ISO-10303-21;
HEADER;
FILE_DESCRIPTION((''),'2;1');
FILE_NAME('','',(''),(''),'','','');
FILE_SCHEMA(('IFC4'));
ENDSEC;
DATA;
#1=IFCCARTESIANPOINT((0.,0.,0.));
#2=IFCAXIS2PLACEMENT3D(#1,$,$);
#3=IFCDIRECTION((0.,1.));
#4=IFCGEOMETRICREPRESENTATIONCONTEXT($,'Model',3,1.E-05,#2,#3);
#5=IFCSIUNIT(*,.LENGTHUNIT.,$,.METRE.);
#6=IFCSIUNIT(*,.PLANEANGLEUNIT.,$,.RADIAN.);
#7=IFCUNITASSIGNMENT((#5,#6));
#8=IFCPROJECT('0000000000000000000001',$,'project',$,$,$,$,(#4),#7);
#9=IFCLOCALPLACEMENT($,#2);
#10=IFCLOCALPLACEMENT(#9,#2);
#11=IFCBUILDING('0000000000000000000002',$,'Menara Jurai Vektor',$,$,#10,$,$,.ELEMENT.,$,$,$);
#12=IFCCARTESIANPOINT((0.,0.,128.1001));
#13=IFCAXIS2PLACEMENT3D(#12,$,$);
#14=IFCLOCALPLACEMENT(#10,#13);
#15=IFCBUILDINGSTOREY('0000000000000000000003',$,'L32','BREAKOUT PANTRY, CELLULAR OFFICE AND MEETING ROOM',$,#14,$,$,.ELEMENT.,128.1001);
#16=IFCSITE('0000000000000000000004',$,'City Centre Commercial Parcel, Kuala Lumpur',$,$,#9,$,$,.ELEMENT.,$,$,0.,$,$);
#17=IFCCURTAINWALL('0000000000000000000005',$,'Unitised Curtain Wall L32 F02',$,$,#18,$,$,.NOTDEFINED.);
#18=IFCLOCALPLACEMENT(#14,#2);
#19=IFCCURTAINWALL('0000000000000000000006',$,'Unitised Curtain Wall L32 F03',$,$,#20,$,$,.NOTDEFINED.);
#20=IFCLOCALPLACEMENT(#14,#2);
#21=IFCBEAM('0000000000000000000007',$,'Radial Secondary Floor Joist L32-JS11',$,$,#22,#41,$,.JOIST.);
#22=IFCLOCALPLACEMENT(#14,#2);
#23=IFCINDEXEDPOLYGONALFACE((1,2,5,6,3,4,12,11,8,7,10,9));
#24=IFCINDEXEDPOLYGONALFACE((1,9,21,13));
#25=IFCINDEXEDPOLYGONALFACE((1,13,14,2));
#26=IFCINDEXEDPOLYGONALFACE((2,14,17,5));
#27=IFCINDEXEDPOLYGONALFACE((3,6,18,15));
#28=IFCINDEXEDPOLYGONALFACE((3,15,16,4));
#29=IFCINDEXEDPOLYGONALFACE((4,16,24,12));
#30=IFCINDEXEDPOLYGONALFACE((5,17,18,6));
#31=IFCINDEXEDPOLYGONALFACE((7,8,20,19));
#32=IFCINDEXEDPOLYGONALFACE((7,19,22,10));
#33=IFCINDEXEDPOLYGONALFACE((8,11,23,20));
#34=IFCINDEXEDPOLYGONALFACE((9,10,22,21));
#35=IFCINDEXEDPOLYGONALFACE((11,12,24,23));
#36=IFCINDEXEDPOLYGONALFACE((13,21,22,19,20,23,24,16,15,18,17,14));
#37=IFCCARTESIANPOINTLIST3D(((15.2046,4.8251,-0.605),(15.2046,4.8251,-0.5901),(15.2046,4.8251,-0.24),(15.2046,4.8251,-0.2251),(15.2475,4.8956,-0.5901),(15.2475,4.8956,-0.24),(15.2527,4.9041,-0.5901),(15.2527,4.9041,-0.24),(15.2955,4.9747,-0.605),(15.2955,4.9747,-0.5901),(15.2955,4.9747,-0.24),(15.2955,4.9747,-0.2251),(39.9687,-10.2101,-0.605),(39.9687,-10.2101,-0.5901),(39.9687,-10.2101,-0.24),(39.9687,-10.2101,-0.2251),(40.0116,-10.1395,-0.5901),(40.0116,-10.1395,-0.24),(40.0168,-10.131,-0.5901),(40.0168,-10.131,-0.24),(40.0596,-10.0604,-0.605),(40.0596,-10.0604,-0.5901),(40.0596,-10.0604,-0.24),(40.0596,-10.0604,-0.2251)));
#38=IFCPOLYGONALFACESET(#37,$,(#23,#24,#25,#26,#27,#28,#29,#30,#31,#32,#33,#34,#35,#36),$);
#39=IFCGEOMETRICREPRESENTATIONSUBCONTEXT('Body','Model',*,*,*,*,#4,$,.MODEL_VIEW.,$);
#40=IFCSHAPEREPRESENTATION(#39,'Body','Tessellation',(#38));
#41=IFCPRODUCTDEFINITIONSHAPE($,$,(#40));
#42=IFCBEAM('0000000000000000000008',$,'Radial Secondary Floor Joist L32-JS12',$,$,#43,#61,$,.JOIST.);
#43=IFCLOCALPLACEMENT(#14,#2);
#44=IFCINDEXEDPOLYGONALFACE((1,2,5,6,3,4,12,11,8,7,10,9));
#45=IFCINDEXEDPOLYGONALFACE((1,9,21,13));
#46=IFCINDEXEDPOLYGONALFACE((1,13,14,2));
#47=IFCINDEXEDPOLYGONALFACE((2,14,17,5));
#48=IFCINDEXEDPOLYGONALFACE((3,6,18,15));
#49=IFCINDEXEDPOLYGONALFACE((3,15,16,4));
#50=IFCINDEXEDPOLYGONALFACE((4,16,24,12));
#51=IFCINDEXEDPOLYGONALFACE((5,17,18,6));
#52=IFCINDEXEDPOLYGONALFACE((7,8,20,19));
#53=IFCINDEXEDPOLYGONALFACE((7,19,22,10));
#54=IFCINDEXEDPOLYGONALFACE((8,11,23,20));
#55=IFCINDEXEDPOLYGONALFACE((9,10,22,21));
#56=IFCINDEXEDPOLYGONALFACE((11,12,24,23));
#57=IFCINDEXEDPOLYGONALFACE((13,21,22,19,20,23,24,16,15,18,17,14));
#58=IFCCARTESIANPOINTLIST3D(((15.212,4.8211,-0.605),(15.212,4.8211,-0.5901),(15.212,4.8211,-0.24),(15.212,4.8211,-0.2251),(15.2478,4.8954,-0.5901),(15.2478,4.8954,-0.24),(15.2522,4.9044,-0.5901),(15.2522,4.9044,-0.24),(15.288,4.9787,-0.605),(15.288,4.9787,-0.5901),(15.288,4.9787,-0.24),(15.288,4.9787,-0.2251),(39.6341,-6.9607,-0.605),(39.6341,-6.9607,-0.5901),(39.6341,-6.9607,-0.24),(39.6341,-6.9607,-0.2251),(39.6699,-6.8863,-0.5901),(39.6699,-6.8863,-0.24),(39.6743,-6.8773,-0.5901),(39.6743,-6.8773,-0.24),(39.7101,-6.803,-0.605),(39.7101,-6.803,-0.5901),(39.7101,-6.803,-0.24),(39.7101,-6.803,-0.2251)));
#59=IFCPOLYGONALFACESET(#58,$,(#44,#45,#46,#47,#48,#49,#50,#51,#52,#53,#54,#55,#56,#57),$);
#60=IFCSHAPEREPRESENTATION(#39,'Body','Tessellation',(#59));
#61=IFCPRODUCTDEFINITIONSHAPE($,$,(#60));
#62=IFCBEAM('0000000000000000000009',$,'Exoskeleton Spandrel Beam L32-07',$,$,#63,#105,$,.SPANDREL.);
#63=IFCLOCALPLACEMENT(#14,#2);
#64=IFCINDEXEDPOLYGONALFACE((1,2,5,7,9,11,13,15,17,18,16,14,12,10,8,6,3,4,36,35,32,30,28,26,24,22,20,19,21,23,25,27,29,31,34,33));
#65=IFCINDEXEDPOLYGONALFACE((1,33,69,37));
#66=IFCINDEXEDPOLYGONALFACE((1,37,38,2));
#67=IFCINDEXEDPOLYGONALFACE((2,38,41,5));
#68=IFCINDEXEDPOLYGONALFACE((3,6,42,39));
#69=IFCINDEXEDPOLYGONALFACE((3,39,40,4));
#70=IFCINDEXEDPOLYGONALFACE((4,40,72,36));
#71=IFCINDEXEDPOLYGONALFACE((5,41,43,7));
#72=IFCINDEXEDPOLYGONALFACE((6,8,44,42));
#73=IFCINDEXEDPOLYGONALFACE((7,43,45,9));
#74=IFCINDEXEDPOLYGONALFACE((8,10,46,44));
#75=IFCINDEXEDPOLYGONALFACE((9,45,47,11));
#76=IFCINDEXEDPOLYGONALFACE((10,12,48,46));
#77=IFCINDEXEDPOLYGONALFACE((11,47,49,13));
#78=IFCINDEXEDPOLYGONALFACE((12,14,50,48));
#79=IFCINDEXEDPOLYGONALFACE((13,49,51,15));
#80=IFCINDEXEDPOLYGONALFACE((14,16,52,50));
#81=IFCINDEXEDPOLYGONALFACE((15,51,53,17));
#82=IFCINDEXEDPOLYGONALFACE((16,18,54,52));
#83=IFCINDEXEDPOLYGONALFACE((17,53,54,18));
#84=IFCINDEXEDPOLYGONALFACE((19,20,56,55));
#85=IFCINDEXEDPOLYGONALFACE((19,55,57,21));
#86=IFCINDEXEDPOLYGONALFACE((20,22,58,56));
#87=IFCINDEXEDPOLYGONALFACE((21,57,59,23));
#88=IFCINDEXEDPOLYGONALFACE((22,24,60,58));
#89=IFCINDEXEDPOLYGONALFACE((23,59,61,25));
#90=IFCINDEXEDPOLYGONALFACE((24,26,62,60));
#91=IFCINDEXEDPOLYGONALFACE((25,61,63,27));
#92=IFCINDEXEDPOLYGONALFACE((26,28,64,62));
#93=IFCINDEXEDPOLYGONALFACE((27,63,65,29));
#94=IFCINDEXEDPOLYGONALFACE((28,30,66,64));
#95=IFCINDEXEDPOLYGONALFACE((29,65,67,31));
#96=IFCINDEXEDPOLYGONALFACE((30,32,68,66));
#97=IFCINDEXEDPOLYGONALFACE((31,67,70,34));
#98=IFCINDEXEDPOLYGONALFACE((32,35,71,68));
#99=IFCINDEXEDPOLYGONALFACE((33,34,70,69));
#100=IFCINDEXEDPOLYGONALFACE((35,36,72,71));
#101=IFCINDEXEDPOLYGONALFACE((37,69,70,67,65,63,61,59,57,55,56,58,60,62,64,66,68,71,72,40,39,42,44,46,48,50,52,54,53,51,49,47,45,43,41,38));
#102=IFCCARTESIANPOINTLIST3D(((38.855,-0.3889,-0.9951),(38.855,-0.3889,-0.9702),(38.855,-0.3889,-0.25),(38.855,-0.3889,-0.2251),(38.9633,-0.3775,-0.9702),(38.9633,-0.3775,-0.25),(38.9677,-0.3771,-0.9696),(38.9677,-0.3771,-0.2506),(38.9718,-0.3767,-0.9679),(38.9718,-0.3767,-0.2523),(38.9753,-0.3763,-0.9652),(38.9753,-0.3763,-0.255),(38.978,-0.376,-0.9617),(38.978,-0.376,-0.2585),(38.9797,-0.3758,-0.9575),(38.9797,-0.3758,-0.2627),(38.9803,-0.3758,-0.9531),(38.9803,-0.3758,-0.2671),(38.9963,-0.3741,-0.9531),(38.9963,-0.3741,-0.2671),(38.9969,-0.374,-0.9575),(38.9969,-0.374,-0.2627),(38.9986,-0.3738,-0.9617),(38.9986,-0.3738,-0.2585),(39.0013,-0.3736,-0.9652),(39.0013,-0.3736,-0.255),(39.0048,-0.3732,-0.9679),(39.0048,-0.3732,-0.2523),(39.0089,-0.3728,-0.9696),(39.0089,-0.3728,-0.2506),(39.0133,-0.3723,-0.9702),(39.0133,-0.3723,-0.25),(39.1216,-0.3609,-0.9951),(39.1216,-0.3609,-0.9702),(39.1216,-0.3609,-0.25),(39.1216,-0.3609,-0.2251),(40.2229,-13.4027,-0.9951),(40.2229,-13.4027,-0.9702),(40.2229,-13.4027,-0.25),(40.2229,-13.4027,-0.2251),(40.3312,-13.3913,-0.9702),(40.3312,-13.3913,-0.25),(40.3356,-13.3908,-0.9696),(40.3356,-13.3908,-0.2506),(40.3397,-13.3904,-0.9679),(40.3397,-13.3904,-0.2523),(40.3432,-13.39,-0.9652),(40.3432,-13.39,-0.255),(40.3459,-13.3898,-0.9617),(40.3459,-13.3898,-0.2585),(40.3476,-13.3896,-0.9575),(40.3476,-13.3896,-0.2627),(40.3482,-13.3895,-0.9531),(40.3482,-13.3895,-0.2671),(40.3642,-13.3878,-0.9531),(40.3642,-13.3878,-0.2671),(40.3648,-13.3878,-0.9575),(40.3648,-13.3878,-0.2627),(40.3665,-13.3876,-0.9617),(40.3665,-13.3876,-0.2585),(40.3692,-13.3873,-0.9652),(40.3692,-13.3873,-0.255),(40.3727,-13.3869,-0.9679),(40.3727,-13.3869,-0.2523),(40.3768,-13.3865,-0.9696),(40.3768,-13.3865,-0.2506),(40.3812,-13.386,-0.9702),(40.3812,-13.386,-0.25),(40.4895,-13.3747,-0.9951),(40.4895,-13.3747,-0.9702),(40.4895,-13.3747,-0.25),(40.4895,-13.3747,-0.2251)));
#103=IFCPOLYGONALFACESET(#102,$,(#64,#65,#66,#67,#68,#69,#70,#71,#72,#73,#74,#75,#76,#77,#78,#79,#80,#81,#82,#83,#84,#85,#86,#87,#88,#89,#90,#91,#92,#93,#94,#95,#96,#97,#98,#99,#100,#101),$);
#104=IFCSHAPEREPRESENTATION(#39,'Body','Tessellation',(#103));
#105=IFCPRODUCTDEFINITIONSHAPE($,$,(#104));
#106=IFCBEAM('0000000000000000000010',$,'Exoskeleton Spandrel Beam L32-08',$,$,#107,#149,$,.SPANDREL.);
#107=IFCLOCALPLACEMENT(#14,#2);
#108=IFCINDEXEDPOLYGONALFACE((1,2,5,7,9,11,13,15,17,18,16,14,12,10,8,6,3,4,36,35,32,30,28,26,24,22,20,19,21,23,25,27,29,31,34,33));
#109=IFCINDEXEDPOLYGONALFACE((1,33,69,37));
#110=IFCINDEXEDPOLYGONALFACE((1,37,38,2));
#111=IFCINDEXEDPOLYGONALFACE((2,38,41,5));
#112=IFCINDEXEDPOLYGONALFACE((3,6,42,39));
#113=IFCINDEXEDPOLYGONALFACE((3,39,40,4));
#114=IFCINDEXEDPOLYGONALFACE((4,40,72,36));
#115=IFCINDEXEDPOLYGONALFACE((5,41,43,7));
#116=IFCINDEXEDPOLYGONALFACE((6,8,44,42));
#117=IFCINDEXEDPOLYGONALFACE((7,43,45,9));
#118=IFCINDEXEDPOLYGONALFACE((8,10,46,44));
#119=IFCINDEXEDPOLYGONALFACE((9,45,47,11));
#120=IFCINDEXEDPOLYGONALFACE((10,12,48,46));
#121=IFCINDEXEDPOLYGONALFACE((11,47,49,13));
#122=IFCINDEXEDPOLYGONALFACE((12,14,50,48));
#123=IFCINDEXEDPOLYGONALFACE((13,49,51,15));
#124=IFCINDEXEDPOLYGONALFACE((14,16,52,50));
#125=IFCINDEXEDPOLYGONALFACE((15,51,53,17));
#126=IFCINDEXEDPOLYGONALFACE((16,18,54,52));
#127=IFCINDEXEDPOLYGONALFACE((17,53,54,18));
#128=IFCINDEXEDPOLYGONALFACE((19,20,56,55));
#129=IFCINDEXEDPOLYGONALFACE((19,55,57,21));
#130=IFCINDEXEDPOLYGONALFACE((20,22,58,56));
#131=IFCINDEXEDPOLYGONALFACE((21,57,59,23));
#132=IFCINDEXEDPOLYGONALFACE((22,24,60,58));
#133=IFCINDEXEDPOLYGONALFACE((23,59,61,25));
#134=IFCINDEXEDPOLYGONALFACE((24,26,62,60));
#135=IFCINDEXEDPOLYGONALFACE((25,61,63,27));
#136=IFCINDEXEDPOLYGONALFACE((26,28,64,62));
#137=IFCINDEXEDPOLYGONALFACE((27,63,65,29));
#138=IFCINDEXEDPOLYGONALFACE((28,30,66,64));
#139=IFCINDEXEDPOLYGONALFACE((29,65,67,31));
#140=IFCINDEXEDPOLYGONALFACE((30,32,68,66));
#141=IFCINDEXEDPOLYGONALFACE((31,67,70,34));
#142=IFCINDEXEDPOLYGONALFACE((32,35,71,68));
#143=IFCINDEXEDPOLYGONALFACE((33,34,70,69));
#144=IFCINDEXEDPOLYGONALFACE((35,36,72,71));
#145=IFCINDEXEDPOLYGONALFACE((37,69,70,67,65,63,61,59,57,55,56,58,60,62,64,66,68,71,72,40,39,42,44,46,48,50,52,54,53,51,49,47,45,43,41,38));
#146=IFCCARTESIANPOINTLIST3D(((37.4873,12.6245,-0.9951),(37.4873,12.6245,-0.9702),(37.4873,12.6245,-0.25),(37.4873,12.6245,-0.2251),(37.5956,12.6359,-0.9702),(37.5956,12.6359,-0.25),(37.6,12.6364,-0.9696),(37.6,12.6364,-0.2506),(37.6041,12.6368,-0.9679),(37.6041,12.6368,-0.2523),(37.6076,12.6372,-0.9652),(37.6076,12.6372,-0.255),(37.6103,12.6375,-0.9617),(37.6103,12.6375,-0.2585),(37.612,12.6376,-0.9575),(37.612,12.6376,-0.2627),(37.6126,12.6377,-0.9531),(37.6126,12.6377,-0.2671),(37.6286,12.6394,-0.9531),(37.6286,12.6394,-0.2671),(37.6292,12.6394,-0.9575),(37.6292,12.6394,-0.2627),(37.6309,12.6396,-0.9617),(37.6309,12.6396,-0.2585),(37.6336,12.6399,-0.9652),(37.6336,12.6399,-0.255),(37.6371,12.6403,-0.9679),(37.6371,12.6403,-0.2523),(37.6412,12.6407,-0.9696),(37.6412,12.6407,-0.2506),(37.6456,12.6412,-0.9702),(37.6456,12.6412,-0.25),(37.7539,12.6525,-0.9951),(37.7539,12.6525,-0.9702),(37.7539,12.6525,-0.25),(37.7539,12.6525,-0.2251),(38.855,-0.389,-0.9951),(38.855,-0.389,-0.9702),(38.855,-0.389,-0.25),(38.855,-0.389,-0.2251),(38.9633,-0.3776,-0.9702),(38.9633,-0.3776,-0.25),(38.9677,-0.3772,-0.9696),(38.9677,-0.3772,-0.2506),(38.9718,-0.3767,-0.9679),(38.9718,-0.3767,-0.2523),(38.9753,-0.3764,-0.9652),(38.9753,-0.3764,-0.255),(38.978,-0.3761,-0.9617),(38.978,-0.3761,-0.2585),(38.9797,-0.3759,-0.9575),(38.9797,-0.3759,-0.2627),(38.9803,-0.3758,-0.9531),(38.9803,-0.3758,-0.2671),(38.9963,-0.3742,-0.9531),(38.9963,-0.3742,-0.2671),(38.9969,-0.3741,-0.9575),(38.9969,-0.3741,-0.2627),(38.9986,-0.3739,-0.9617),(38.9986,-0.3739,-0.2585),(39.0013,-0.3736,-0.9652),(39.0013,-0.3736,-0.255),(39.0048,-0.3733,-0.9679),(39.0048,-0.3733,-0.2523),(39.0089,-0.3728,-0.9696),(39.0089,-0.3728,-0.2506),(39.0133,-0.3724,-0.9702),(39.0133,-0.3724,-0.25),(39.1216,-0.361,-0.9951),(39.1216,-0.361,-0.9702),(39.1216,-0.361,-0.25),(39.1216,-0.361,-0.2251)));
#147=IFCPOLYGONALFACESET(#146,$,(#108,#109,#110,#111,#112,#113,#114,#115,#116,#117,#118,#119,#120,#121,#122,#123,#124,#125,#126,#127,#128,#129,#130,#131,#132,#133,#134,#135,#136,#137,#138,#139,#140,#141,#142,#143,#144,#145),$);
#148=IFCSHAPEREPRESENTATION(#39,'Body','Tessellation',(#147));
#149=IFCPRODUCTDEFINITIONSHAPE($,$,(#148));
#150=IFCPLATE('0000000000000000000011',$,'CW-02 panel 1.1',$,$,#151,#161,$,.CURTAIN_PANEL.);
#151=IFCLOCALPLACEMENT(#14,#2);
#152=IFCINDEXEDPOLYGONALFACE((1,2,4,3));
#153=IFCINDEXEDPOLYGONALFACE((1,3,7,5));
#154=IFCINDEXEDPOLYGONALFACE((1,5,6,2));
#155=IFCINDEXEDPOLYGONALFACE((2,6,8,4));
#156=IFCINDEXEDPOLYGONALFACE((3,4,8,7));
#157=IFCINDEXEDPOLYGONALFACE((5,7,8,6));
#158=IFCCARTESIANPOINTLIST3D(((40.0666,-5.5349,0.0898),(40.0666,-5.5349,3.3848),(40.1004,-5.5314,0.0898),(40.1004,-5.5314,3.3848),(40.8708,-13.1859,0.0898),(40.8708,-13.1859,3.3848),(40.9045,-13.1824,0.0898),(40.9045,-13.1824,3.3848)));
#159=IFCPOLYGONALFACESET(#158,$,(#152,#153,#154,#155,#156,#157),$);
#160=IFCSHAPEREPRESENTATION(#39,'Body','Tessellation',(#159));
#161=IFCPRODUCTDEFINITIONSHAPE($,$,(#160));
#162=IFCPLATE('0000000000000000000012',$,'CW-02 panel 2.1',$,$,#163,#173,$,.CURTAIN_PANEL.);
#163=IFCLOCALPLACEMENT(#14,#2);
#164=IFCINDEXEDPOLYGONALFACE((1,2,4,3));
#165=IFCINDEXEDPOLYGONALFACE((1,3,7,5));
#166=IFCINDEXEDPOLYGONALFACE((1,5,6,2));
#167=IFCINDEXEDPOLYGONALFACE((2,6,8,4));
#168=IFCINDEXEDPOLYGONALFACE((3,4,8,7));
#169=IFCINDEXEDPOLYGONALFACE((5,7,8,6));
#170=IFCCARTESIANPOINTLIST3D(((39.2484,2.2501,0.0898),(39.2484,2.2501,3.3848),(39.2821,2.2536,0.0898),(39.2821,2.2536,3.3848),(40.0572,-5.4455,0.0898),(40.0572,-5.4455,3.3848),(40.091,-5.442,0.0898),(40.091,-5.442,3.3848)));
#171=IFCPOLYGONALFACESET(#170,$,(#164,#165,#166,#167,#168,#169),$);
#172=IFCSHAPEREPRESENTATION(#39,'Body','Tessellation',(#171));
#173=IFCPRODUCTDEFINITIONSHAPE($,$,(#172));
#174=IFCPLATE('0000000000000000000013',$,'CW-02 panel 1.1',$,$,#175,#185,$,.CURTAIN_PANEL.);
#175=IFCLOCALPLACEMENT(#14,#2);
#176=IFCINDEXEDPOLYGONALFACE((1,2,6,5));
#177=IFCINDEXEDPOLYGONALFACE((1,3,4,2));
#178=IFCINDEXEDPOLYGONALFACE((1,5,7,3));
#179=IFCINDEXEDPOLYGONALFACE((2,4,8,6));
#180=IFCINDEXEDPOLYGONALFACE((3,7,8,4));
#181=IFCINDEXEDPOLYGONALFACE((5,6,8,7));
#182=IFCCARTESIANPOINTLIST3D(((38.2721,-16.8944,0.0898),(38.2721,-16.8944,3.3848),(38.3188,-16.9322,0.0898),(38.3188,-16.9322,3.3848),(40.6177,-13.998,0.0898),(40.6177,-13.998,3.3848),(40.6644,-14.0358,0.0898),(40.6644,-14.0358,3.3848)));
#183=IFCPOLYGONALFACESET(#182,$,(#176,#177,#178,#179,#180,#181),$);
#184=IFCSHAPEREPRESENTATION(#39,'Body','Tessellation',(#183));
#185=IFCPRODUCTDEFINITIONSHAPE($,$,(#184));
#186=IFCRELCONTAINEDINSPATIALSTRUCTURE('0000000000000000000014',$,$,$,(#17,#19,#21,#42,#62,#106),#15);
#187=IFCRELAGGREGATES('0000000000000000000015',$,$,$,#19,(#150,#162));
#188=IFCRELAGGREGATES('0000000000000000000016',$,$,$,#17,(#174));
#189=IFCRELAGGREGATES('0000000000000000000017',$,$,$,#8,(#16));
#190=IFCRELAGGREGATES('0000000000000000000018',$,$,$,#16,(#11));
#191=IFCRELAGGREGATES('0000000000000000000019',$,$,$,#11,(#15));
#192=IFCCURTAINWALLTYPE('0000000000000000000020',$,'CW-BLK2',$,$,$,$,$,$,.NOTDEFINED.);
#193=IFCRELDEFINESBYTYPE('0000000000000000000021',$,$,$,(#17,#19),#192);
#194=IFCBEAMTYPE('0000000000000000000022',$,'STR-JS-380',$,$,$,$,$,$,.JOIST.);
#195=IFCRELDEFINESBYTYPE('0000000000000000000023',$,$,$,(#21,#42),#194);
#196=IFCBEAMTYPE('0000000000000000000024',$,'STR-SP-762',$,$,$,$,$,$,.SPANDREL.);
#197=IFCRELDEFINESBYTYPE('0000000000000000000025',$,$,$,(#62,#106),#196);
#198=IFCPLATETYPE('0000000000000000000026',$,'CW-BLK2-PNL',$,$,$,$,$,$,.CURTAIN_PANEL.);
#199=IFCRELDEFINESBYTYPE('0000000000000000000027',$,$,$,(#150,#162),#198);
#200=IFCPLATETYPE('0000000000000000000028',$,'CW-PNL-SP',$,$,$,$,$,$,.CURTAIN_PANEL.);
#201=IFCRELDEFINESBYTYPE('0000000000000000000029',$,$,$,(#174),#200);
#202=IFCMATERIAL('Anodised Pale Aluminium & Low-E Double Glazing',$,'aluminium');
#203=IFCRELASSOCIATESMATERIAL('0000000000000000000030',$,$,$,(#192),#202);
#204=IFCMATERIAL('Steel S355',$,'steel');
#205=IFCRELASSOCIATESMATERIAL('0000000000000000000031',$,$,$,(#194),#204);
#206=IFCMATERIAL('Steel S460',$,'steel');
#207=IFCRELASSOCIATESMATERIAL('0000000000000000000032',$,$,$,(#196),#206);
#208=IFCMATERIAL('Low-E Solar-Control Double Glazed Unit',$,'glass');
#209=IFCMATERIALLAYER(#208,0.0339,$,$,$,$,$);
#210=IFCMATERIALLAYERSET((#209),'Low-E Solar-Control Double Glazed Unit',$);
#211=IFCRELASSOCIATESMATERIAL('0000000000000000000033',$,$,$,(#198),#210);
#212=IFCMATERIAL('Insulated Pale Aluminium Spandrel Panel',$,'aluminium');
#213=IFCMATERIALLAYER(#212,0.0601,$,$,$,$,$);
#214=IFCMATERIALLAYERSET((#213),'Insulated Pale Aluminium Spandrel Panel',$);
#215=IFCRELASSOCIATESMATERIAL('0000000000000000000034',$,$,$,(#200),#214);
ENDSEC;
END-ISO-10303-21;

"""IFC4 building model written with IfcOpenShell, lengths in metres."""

from ifc_helpers import new_model, si_unit, direction, frame, origin, origin_2d, place, context, subcontext, project, spatial, rectangle, i_section, extrude, material, layer, layer_set, material_profile, profile_set, type_object, element, aggregate, save


model = new_model("IFC4")

# Units and contexts
model_context = context("Model", 3, precision=1e-05, world=origin(), true_north=direction((0.0, 1.0)))
body_context = subcontext(model_context, "Body", "Model", "MODEL_VIEW")
ifc_project = project(units=[si_unit("LENGTHUNIT", "METRE"), si_unit("PLANEANGLEUNIT", "RADIAN")], contexts=[model_context])

# Site, building, storey
site_placement = place(None, origin())
site = spatial("IfcSite", under=ifc_project, at=site_placement, Name="City Centre Commercial Parcel, Kuala Lumpur", CompositionType="ELEMENT", RefElevation=0.0)
building_placement = place(site_placement, origin())
building = spatial("IfcBuilding", under=site, at=building_placement, Name="Menara Jurai Vektor", CompositionType="ELEMENT")
storey_placement = place(building_placement, frame((0.0, 0.0, 128.1001)))
storey = spatial("IfcBuildingStorey", under=building, at=storey_placement, Name="L32", Description="BREAKOUT PANTRY, CELLULAR OFFICE AND MEETING ROOM", CompositionType="ELEMENT", Elevation=128.1001)

# Shared definitions
ifc_material_1 = material(Name="Steel S460", Category="steel")

# Curtain walls
ifc_material_2 = material(Name="Anodised Pale Aluminium & Low-E Double Glazing", Category="aluminium")
curtain_wall_type = type_object("IfcCurtainWallType", Name="CW-BLK2", PredefinedType="NOTDEFINED", material=ifc_material_2)
curtain_wall_1_placement = place(storey_placement, origin())
curtain_wall_1 = element("IfcCurtainWall", 1, at=curtain_wall_1_placement, inside=storey, type_object=curtain_wall_type, Name="Unitised Curtain Wall L32 F02", PredefinedType="NOTDEFINED")
curtain_wall_2_placement = place(storey_placement, origin())
curtain_wall_2 = element("IfcCurtainWall", 2, at=curtain_wall_2_placement, inside=storey, type_object=curtain_wall_type, Name="Unitised Curtain Wall L32 F03", PredefinedType="NOTDEFINED")

# Shared definitions
ifc_material_3 = material(Name="Steel S355", Category="steel")

# Beams
ifc_material_profile_1 = material_profile(ifc_material_3, i_section(OverallWidth=0.175, OverallDepth=0.3799, WebThickness=0.01, FlangeThickness=0.0149, at=origin_2d()), Name="PG 380x175x58")
ifc_profile_set_1 = profile_set([ifc_material_profile_1], Name="Steel S355")
beam_type_1 = type_object("IfcBeamType", Name="STR-JS-380", PredefinedType="JOIST", material=ifc_profile_set_1)
beam_1_placement = place(storey_placement, frame((40.0142, -10.1353, -0.415), z_axis=(-0.854791, 0.518972, 0.0), x_axis=(-0.518972, -0.854791, 0.0)))
element("IfcBeam", 3, at=beam_1_placement, inside=storey, type_object=beam_type_1, Name="Radial Secondary Floor Joist L32-JS11", PredefinedType="JOIST", context=body_context, shape_type="SweptSolid", body=[
    extrude(i_section(OverallWidth=0.175, OverallDepth=0.3799, WebThickness=0.01, FlangeThickness=0.0149, at=origin_2d()), origin(), (0.0, 0.0, 1.0), 28.9709),
])
beam_2_placement = place(storey_placement, frame((39.6721, -6.8818, -0.415), z_axis=(-0.900671, 0.434502, 0.0), x_axis=(-0.434502, -0.900671, 0.0)))
element("IfcBeam", 4, at=beam_2_placement, inside=storey, type_object=beam_type_1, Name="Radial Secondary Floor Joist L32-JS12", PredefinedType="JOIST", context=body_context, shape_type="SweptSolid", body=[
    extrude(i_section(OverallWidth=0.175, OverallDepth=0.3799, WebThickness=0.01, FlangeThickness=0.0149, at=origin_2d()), origin(), (0.0, 0.0, 1.0), 27.1155),
])
ifc_material_profile_2 = material_profile(ifc_material_1, i_section(OverallWidth=0.2681, OverallDepth=0.77, WebThickness=0.0161, FlangeThickness=0.0249, FilletRadius=0.0171, at=origin_2d()), Name="UKB 762x267x197")
ifc_profile_set_2 = profile_set([ifc_material_profile_2], Name="Steel S460")
beam_type_2 = type_object("IfcBeamType", Name="STR-SP-762", PredefinedType="SPANDREL", material=ifc_profile_set_2)
beam_3_placement = place(storey_placement, frame((40.3562, -13.3887, -0.6101), z_axis=(-0.104538, 0.994521, 0.0), x_axis=(-0.994521, -0.104538, 0.0)))
element("IfcBeam", 5, at=beam_3_placement, inside=storey, type_object=beam_type_2, Name="Exoskeleton Spandrel Beam L32-07", PredefinedType="SPANDREL", context=body_context, shape_type="SweptSolid", body=[
    extrude(i_section(OverallWidth=0.2681, OverallDepth=0.77, WebThickness=0.0161, FlangeThickness=0.0249, FilletRadius=0.0171, at=origin_2d()), origin(), (0.0, 0.0, 1.0), 13.0854),
])
beam_4_placement = place(storey_placement, frame((38.9883, -0.375, -0.6101), z_axis=(-0.104522, 0.994523, 0.0), x_axis=(-0.994523, -0.104522, 0.0)))
element("IfcBeam", 6, at=beam_4_placement, inside=storey, type_object=beam_type_2, Name="Exoskeleton Spandrel Beam L32-08", PredefinedType="SPANDREL", context=body_context, shape_type="SweptSolid", body=[
    extrude(i_section(OverallWidth=0.2681, OverallDepth=0.77, WebThickness=0.0161, FlangeThickness=0.0249, FilletRadius=0.0171, at=origin_2d()), origin(), (0.0, 0.0, 1.0), 13.0852),
])

# Plates
ifc_material_4 = material(Name="Low-E Solar-Control Double Glazed Unit", Category="glass")
ifc_layer_1 = layer(ifc_material_4, 0.0339)
ifc_layer_set_1 = layer_set([ifc_layer_1], Name="Low-E Solar-Control Double Glazed Unit")
plate_type_1 = type_object("IfcPlateType", Name="CW-BLK2-PNL", PredefinedType="CURTAIN_PANEL", material=ifc_layer_set_1)
plate_1_placement = place(storey_placement, frame((40.4856, -9.3586, 0.0898), z_axis=(0.0, 0.0, 1.0), x_axis=(-0.10453, 0.994522, 0.0)))
plate_1 = element("IfcPlate", 7, at=plate_1_placement, type_object=plate_type_1, Name="CW-02 panel 1.1", PredefinedType="CURTAIN_PANEL", context=body_context, shape_type="SweptSolid", body=[
    extrude(rectangle(XDim=7.6931, YDim=0.0339, at=origin_2d()), origin(), (0.0, 0.0, 1.0), 3.2949),
])
plate_2_placement = place(storey_placement, frame((39.6697, -1.5959, 0.0898), z_axis=(0.0, 0.0, 1.0), x_axis=(-0.10453, 0.994522, 0.0)))
plate_2 = element("IfcPlate", 8, at=plate_2_placement, type_object=plate_type_1, Name="CW-02 panel 2.1", PredefinedType="CURTAIN_PANEL", context=body_context, shape_type="SweptSolid", body=[
    extrude(rectangle(XDim=7.738, YDim=0.0339, at=origin_2d()), origin(), (0.0, 0.0, 1.0), 3.2949),
])
aggregate(curtain_wall_2, [plate_1, plate_2])
ifc_material_5 = material(Name="Insulated Pale Aluminium Spandrel Panel", Category="aluminium")
ifc_layer_2 = layer(ifc_material_5, 0.0601)
ifc_layer_set_2 = layer_set([ifc_layer_2], Name="Insulated Pale Aluminium Spandrel Panel")
plate_type_2 = type_object("IfcPlateType", Name="CW-PNL-SP", PredefinedType="CURTAIN_PANEL", material=ifc_layer_set_2)
plate_3_placement = place(storey_placement, frame((39.4683, -15.4651, 0.0898), z_axis=(0.0, 0.0, 1.0), x_axis=(0.629341, 0.777129, 0.0)))
plate_3 = element("IfcPlate", 9, at=plate_3_placement, type_object=plate_type_2, Name="CW-02 panel 1.1", PredefinedType="CURTAIN_PANEL", context=body_context, shape_type="SweptSolid", body=[
    extrude(rectangle(XDim=3.7271, YDim=0.0601, at=origin_2d()), origin(), (0.0, 0.0, 1.0), 3.2949),
])
aggregate(curtain_wall_1, [plate_3])

save(model, "model.ifc")
